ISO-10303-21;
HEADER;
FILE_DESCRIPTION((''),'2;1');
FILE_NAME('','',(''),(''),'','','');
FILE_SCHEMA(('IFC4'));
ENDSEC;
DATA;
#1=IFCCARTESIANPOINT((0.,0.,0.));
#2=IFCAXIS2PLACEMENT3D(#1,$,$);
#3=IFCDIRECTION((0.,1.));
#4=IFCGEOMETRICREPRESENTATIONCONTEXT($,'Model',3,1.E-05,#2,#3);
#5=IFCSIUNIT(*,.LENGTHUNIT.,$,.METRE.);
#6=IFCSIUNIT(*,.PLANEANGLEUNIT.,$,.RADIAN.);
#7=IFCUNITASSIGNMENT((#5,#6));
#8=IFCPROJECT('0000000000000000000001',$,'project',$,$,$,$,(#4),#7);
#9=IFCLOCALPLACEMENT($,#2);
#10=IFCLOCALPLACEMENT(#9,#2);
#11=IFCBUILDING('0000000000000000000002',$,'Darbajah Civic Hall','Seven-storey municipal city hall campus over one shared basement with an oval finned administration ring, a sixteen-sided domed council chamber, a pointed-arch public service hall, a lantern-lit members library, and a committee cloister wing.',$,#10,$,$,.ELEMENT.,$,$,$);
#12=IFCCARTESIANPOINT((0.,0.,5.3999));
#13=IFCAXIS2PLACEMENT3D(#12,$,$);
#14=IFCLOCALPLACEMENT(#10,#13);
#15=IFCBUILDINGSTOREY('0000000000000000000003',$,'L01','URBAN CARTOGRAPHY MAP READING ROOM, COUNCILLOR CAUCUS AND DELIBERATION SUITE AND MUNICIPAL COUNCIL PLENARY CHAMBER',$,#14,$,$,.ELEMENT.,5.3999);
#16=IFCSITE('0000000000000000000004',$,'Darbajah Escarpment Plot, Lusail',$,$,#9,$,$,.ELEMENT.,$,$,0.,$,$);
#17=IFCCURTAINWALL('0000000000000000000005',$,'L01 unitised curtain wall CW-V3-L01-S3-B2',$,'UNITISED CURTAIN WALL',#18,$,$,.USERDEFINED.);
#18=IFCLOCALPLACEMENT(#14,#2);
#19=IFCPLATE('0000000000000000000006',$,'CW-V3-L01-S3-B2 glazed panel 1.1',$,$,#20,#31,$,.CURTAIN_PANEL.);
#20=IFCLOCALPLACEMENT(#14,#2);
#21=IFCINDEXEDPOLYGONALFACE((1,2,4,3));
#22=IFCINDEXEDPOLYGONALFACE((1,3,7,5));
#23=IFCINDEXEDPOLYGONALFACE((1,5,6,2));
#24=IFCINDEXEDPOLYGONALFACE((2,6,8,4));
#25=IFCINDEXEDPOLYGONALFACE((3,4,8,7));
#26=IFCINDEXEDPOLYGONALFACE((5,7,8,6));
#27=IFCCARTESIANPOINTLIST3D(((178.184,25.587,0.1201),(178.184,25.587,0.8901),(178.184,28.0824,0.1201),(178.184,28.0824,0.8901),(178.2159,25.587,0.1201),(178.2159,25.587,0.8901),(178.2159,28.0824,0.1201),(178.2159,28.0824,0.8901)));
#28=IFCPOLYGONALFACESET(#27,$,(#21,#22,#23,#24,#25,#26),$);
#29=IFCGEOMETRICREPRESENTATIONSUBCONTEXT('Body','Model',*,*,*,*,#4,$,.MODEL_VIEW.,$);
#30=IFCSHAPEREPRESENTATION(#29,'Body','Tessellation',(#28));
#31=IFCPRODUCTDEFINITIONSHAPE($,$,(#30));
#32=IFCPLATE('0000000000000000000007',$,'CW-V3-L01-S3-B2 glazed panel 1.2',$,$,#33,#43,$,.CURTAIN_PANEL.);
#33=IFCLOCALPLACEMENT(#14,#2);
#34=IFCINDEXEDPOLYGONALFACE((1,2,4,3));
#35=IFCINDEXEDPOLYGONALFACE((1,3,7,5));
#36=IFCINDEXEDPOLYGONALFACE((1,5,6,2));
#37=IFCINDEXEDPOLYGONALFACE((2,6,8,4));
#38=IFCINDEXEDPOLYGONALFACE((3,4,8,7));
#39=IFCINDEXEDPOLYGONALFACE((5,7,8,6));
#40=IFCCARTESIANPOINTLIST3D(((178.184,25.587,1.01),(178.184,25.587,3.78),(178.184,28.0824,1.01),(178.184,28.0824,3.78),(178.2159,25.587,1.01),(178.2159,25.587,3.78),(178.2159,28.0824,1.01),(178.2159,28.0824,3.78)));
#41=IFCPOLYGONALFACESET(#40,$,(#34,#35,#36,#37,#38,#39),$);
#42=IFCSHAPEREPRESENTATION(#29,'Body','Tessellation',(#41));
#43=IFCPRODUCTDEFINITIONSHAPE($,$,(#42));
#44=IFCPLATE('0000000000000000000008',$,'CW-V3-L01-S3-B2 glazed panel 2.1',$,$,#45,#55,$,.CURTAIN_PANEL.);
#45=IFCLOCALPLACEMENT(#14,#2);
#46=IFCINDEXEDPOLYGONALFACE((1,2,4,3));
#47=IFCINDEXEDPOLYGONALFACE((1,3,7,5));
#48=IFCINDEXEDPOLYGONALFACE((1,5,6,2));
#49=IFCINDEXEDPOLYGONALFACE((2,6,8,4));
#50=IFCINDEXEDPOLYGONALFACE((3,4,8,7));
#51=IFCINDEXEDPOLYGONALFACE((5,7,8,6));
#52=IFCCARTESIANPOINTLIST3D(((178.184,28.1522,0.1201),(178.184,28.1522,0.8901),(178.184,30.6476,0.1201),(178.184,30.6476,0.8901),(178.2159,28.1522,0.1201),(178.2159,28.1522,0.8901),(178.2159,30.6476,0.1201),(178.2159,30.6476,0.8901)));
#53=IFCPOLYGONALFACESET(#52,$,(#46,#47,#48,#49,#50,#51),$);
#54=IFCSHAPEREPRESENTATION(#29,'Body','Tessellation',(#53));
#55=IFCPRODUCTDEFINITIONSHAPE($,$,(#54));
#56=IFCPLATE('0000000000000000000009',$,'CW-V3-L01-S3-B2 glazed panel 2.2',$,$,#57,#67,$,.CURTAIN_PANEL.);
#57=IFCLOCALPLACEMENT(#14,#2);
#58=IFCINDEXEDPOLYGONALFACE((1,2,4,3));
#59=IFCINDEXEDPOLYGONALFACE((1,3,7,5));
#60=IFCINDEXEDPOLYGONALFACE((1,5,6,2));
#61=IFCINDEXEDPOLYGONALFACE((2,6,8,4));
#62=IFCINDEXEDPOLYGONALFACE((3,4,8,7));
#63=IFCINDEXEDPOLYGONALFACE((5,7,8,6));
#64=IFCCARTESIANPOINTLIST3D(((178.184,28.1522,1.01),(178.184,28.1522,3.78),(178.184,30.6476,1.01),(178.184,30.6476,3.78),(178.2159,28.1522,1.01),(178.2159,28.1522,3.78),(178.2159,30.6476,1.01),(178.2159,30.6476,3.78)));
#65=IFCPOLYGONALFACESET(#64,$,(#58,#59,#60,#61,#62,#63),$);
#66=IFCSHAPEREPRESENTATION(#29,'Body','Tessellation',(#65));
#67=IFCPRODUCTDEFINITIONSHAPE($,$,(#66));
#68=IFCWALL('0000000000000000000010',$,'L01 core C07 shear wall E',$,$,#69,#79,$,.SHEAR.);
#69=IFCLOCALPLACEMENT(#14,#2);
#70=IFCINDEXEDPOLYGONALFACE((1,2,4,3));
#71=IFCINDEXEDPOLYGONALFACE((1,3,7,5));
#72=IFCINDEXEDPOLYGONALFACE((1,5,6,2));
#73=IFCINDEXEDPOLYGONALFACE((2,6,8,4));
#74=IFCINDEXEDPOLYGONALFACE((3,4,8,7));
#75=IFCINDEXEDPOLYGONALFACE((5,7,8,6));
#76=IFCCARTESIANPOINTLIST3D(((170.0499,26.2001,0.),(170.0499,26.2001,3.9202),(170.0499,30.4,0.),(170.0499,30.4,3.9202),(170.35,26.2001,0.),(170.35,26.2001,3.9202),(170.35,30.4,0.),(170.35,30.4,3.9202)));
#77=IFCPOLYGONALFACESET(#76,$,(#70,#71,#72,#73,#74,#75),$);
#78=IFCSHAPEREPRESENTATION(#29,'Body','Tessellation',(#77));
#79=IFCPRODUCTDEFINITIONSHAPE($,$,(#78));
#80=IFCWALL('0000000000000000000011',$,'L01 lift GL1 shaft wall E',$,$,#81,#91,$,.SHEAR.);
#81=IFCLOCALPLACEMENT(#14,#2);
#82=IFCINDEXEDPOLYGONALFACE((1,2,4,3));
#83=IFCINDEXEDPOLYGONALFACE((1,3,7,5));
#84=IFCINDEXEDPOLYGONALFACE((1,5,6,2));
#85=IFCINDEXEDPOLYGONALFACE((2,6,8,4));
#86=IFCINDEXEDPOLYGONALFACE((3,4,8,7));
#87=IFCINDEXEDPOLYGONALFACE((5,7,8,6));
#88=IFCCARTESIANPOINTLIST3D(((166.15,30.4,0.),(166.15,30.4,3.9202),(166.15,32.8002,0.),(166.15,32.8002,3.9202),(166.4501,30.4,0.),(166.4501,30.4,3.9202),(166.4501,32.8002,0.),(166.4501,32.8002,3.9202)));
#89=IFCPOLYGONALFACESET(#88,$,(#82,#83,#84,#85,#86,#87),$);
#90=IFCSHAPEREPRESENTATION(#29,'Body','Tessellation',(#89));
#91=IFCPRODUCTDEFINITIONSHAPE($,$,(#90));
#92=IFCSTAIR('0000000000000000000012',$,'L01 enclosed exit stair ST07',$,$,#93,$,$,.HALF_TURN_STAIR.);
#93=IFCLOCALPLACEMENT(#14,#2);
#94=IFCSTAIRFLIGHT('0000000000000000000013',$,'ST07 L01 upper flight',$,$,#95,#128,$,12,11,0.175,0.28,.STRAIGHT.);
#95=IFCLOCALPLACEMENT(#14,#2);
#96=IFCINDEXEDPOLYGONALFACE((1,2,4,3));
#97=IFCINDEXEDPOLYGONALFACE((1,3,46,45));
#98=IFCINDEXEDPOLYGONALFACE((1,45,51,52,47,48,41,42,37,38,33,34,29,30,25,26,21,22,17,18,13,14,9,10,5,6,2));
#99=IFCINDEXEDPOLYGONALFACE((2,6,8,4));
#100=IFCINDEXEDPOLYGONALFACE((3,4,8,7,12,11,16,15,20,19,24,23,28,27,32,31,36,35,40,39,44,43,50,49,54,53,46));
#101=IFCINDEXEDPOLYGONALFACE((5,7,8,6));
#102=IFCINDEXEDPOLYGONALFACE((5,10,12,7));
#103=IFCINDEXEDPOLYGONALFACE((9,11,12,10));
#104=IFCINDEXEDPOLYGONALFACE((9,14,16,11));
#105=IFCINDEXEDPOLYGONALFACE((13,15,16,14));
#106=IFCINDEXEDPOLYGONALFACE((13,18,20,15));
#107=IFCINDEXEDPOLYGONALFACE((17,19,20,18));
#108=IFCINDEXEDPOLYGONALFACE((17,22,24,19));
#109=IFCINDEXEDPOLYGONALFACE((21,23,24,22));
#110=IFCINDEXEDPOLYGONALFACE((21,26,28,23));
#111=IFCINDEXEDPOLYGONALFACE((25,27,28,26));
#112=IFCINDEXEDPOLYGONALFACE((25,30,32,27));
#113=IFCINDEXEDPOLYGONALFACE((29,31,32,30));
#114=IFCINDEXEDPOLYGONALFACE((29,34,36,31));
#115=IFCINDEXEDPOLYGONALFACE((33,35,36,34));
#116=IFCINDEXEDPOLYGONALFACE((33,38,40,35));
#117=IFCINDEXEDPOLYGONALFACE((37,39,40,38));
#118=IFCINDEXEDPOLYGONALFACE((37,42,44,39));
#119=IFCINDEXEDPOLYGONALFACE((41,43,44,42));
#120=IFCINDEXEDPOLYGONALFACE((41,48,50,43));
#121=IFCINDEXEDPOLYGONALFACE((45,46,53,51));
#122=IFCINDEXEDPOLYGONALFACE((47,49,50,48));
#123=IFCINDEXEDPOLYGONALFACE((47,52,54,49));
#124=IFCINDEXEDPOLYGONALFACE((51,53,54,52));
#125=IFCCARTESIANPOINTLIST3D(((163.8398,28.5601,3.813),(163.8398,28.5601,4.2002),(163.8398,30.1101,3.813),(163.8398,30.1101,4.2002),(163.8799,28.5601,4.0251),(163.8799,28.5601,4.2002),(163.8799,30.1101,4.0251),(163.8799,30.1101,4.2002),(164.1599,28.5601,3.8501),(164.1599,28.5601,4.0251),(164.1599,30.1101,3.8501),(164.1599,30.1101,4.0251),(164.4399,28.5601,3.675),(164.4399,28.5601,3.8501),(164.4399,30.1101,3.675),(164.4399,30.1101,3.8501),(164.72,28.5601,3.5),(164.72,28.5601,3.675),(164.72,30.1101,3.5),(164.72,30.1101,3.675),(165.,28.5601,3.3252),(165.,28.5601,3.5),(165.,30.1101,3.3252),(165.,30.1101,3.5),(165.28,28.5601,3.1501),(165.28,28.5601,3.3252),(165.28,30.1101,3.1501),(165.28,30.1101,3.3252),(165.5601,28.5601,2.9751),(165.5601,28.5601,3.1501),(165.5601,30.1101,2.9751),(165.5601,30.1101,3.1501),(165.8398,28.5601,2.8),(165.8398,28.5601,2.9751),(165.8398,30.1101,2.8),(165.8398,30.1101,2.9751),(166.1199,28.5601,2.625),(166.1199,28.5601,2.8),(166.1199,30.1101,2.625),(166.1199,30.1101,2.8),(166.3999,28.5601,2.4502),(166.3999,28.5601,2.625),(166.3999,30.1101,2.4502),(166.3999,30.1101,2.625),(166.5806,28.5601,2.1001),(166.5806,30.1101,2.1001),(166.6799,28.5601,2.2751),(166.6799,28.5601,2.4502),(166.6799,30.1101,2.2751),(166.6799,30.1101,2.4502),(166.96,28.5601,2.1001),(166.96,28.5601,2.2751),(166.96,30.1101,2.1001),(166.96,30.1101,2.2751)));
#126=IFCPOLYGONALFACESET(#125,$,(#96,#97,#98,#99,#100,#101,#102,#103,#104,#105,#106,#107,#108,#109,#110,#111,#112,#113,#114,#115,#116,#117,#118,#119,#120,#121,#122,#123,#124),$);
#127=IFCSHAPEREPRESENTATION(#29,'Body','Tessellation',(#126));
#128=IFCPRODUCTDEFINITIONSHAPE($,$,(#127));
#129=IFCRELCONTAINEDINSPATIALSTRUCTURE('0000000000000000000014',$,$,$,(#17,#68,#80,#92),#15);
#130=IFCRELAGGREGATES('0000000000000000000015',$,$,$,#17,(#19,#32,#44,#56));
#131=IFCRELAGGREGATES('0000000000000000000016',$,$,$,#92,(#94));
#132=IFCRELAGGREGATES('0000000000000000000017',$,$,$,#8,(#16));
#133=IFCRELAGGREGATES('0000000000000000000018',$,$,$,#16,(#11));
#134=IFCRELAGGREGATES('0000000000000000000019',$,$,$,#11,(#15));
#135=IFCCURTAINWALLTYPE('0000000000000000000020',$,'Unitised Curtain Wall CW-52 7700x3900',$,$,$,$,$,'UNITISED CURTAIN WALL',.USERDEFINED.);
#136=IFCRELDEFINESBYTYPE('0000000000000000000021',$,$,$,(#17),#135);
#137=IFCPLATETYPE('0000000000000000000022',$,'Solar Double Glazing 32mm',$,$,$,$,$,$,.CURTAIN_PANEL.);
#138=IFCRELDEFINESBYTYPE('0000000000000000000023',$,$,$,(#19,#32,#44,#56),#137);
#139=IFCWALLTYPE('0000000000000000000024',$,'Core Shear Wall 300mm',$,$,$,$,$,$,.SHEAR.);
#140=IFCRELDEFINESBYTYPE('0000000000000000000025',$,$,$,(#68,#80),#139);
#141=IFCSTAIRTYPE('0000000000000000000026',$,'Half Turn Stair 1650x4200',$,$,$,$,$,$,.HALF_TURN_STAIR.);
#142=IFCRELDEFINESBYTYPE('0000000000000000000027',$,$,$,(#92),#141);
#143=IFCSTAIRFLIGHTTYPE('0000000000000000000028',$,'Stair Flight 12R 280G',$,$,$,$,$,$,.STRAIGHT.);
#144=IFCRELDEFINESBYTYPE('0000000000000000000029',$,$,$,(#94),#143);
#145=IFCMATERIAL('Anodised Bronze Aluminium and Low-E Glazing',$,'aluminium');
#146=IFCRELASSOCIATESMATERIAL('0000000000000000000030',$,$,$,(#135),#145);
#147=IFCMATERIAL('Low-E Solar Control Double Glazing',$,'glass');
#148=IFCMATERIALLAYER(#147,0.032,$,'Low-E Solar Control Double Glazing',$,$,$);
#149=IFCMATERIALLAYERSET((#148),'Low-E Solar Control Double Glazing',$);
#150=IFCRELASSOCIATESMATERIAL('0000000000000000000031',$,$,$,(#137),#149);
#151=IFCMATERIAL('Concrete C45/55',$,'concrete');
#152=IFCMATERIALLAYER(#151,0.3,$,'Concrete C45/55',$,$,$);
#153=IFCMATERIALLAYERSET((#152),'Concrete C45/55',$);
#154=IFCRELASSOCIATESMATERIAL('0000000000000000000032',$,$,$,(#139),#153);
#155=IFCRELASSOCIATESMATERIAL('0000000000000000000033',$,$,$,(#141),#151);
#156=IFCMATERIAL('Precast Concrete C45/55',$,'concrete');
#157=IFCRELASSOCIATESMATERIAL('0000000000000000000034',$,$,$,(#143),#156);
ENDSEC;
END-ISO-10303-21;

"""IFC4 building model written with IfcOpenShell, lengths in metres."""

from ifc_helpers import new_model, si_unit, direction, frame, frame_2d, origin, origin_2d, place, context, subcontext, project, spatial, polyline, rectangle, outline, extrude, material, layer, layer_set, type_object, element, aggregate, save


model = new_model("IFC4")

# Units and contexts
model_context = context("Model", 3, precision=1e-05, world=origin(), true_north=direction((0.0, 1.0)))
body_context = subcontext(model_context, "Body", "Model", "MODEL_VIEW")
ifc_project = project(units=[si_unit("LENGTHUNIT", "METRE"), si_unit("PLANEANGLEUNIT", "RADIAN")], contexts=[model_context])

# Site, building, storey
site_placement = place(None, origin())
site = spatial("IfcSite", under=ifc_project, at=site_placement, Name="Darbajah Escarpment Plot, Lusail", CompositionType="ELEMENT", RefElevation=0.0)
building_placement = place(site_placement, origin())
building = spatial("IfcBuilding", under=site, at=building_placement, Name="Darbajah Civic Hall", Description="Seven-storey municipal city hall campus over one shared basement with an oval finned administration ring, a sixteen-sided domed council chamber, a pointed-arch public service hall, a lantern-lit members library, and a committee cloister wing.", CompositionType="ELEMENT")
storey_placement = place(building_placement, frame((0.0, 0.0, 5.3999)))
storey = spatial("IfcBuildingStorey", under=building, at=storey_placement, Name="L01", Description="URBAN CARTOGRAPHY MAP READING ROOM, COUNCILLOR CAUCUS AND DELIBERATION SUITE AND MUNICIPAL COUNCIL PLENARY CHAMBER", CompositionType="ELEMENT", Elevation=5.3999)

# Shared definitions
ifc_material_1 = material(Name="Concrete C45/55", Category="concrete")

# Curtain wall
ifc_material_2 = material(Name="Anodised Bronze Aluminium and Low-E Glazing", Category="aluminium")
curtain_wall_type = type_object("IfcCurtainWallType", Name="Unitised Curtain Wall CW-52 7700x3900", ElementType="UNITISED CURTAIN WALL", PredefinedType="USERDEFINED", material=ifc_material_2)
curtain_wall_1_placement = place(storey_placement, origin())
curtain_wall_1 = element("IfcCurtainWall", 1, at=curtain_wall_1_placement, inside=storey, type_object=curtain_wall_type, Name="L01 unitised curtain wall CW-V3-L01-S3-B2", ObjectType="UNITISED CURTAIN WALL", PredefinedType="USERDEFINED")

# Plates
ifc_material_3 = material(Name="Low-E Solar Control Double Glazing", Category="glass")
ifc_layer_1 = layer(ifc_material_3, 0.032, Name="Low-E Solar Control Double Glazing")
ifc_layer_set_1 = layer_set([ifc_layer_1], Name="Low-E Solar Control Double Glazing")
plate_type = type_object("IfcPlateType", Name="Solar Double Glazing 32mm", PredefinedType="CURTAIN_PANEL", material=ifc_layer_set_1)
plate_1_placement = place(storey_placement, frame((178.2, 26.8347, 0.1201), z_axis=(0.0, 0.0, 1.0), x_axis=(0.0, 1.0, 0.0)))
plate_1 = element("IfcPlate", 2, at=plate_1_placement, type_object=plate_type, Name="CW-V3-L01-S3-B2 glazed panel 1.1", PredefinedType="CURTAIN_PANEL", context=body_context, shape_type="SweptSolid", body=[
    extrude(rectangle(XDim=2.4954, YDim=0.032, at=origin_2d()), origin(), (0.0, 0.0, 1.0), 0.77),
])
plate_2_placement = place(storey_placement, frame((178.2, 26.8347, 1.01), z_axis=(0.0, 0.0, 1.0), x_axis=(0.0, 1.0, 0.0)))
plate_2 = element("IfcPlate", 3, at=plate_2_placement, type_object=plate_type, Name="CW-V3-L01-S3-B2 glazed panel 1.2", PredefinedType="CURTAIN_PANEL", context=body_context, shape_type="SweptSolid", body=[
    extrude(rectangle(XDim=2.4954, YDim=0.032, at=origin_2d()), origin(), (0.0, 0.0, 1.0), 2.77),
])
plate_3_placement = place(storey_placement, frame((178.2, 29.3999, 0.1201), z_axis=(0.0, 0.0, 1.0), x_axis=(0.0, 1.0, 0.0)))
plate_3 = element("IfcPlate", 4, at=plate_3_placement, type_object=plate_type, Name="CW-V3-L01-S3-B2 glazed panel 2.1", PredefinedType="CURTAIN_PANEL", context=body_context, shape_type="SweptSolid", body=[
    extrude(rectangle(XDim=2.4954, YDim=0.032, at=origin_2d()), origin(), (0.0, 0.0, 1.0), 0.77),
])
plate_4_placement = place(storey_placement, frame((178.2, 29.3999, 1.01), z_axis=(0.0, 0.0, 1.0), x_axis=(0.0, 1.0, 0.0)))
plate_4 = element("IfcPlate", 5, at=plate_4_placement, type_object=plate_type, Name="CW-V3-L01-S3-B2 glazed panel 2.2", PredefinedType="CURTAIN_PANEL", context=body_context, shape_type="SweptSolid", body=[
    extrude(rectangle(XDim=2.4954, YDim=0.032, at=origin_2d()), origin(), (0.0, 0.0, 1.0), 2.77),
])
aggregate(curtain_wall_1, [plate_1, plate_2, plate_3, plate_4])

# Walls
ifc_layer_2 = layer(ifc_material_1, 0.3, Name="Concrete C45/55")
ifc_layer_set_2 = layer_set([ifc_layer_2], Name="Concrete C45/55")
wall_type = type_object("IfcWallType", Name="Core Shear Wall 300mm", PredefinedType="SHEAR", material=ifc_layer_set_2)
wall_1_placement = place(storey_placement, frame((170.2, 26.2, 0.0), z_axis=(0.0, 0.0, 1.0), x_axis=(0.0, 1.0, 0.0)))
element("IfcWall", 6, at=wall_1_placement, inside=storey, type_object=wall_type, Name="L01 core C07 shear wall E", PredefinedType="SHEAR", context=body_context, shape_type="SweptSolid", body=[
    extrude(rectangle(XDim=4.2, YDim=0.3, at=frame_2d((2.1001, 0.0))), origin(), (0.0, 0.0, 1.0), 3.9202),
])
wall_2_placement = place(storey_placement, frame((166.3, 30.3999, 0.0), z_axis=(0.0, 0.0, 1.0), x_axis=(0.0, 1.0, 0.0)))
element("IfcWall", 7, at=wall_2_placement, inside=storey, type_object=wall_type, Name="L01 lift GL1 shaft wall E", PredefinedType="SHEAR", context=body_context, shape_type="SweptSolid", body=[
    extrude(rectangle(XDim=2.4001, YDim=0.3, at=frame_2d((1.2002, 0.0))), origin(), (0.0, 0.0, 1.0), 3.9202),
])

# Stair, stair flight
stair_type = type_object("IfcStairType", Name="Half Turn Stair 1650x4200", PredefinedType="HALF_TURN_STAIR", material=ifc_material_1)
stair_placement = place(storey_placement, origin())
stair = element("IfcStair", 8, at=stair_placement, inside=storey, type_object=stair_type, Name="L01 enclosed exit stair ST07", PredefinedType="HALF_TURN_STAIR")
ifc_material_4 = material(Name="Precast Concrete C45/55", Category="concrete")
stair_flight_type = type_object("IfcStairFlightType", Name="Stair Flight 12R 280G", PredefinedType="STRAIGHT", material=ifc_material_4)
stair_flight_placement = place(storey_placement, frame((166.96, 29.335, 2.1001), z_axis=(0.0, 0.0, 1.0), x_axis=(-1.0, 0.0, 0.0)))
stair_flight = element("IfcStairFlight", 9, at=stair_flight_placement, type_object=stair_flight_type, Name="ST07 L01 upper flight", NumberOfRisers=12, NumberOfTreads=11, PredefinedType="STRAIGHT", RiserHeight=0.175, TreadLength=0.28, context=body_context, shape_type="SweptSolid", body=[
    extrude(outline(polyline([(0.0, 0.0), (0.0, 0.175), (0.28, 0.175), (0.28, 0.3501), (0.5601, 0.3501), (0.5601, 0.5249), (0.8401, 0.5249), (0.8401, 0.7), (1.1201, 0.7), (1.1201, 0.875), (1.3999, 0.875), (1.3999, 1.05), (1.6799, 1.05), (1.6799, 1.2251), (1.96, 1.2251), (1.96, 1.3999), (2.24, 1.3999), (2.24, 1.575), (2.52, 1.575), (2.52, 1.75), (2.8, 1.75), (2.8, 1.925), (3.0801, 1.925), (3.0801, 2.1001), (3.1201, 2.1001), (3.1201, 1.7129), (0.3794, 0.0), (0.0, 0.0)])), frame((0.0, 0.7749, 0.0), z_axis=(0.0, -1.0, 0.0), x_axis=(1.0, 0.0, 0.0)), (0.0, 0.0, 1.0), 1.55),
])
aggregate(stair, [stair_flight])

save(model, "model.ifc")
